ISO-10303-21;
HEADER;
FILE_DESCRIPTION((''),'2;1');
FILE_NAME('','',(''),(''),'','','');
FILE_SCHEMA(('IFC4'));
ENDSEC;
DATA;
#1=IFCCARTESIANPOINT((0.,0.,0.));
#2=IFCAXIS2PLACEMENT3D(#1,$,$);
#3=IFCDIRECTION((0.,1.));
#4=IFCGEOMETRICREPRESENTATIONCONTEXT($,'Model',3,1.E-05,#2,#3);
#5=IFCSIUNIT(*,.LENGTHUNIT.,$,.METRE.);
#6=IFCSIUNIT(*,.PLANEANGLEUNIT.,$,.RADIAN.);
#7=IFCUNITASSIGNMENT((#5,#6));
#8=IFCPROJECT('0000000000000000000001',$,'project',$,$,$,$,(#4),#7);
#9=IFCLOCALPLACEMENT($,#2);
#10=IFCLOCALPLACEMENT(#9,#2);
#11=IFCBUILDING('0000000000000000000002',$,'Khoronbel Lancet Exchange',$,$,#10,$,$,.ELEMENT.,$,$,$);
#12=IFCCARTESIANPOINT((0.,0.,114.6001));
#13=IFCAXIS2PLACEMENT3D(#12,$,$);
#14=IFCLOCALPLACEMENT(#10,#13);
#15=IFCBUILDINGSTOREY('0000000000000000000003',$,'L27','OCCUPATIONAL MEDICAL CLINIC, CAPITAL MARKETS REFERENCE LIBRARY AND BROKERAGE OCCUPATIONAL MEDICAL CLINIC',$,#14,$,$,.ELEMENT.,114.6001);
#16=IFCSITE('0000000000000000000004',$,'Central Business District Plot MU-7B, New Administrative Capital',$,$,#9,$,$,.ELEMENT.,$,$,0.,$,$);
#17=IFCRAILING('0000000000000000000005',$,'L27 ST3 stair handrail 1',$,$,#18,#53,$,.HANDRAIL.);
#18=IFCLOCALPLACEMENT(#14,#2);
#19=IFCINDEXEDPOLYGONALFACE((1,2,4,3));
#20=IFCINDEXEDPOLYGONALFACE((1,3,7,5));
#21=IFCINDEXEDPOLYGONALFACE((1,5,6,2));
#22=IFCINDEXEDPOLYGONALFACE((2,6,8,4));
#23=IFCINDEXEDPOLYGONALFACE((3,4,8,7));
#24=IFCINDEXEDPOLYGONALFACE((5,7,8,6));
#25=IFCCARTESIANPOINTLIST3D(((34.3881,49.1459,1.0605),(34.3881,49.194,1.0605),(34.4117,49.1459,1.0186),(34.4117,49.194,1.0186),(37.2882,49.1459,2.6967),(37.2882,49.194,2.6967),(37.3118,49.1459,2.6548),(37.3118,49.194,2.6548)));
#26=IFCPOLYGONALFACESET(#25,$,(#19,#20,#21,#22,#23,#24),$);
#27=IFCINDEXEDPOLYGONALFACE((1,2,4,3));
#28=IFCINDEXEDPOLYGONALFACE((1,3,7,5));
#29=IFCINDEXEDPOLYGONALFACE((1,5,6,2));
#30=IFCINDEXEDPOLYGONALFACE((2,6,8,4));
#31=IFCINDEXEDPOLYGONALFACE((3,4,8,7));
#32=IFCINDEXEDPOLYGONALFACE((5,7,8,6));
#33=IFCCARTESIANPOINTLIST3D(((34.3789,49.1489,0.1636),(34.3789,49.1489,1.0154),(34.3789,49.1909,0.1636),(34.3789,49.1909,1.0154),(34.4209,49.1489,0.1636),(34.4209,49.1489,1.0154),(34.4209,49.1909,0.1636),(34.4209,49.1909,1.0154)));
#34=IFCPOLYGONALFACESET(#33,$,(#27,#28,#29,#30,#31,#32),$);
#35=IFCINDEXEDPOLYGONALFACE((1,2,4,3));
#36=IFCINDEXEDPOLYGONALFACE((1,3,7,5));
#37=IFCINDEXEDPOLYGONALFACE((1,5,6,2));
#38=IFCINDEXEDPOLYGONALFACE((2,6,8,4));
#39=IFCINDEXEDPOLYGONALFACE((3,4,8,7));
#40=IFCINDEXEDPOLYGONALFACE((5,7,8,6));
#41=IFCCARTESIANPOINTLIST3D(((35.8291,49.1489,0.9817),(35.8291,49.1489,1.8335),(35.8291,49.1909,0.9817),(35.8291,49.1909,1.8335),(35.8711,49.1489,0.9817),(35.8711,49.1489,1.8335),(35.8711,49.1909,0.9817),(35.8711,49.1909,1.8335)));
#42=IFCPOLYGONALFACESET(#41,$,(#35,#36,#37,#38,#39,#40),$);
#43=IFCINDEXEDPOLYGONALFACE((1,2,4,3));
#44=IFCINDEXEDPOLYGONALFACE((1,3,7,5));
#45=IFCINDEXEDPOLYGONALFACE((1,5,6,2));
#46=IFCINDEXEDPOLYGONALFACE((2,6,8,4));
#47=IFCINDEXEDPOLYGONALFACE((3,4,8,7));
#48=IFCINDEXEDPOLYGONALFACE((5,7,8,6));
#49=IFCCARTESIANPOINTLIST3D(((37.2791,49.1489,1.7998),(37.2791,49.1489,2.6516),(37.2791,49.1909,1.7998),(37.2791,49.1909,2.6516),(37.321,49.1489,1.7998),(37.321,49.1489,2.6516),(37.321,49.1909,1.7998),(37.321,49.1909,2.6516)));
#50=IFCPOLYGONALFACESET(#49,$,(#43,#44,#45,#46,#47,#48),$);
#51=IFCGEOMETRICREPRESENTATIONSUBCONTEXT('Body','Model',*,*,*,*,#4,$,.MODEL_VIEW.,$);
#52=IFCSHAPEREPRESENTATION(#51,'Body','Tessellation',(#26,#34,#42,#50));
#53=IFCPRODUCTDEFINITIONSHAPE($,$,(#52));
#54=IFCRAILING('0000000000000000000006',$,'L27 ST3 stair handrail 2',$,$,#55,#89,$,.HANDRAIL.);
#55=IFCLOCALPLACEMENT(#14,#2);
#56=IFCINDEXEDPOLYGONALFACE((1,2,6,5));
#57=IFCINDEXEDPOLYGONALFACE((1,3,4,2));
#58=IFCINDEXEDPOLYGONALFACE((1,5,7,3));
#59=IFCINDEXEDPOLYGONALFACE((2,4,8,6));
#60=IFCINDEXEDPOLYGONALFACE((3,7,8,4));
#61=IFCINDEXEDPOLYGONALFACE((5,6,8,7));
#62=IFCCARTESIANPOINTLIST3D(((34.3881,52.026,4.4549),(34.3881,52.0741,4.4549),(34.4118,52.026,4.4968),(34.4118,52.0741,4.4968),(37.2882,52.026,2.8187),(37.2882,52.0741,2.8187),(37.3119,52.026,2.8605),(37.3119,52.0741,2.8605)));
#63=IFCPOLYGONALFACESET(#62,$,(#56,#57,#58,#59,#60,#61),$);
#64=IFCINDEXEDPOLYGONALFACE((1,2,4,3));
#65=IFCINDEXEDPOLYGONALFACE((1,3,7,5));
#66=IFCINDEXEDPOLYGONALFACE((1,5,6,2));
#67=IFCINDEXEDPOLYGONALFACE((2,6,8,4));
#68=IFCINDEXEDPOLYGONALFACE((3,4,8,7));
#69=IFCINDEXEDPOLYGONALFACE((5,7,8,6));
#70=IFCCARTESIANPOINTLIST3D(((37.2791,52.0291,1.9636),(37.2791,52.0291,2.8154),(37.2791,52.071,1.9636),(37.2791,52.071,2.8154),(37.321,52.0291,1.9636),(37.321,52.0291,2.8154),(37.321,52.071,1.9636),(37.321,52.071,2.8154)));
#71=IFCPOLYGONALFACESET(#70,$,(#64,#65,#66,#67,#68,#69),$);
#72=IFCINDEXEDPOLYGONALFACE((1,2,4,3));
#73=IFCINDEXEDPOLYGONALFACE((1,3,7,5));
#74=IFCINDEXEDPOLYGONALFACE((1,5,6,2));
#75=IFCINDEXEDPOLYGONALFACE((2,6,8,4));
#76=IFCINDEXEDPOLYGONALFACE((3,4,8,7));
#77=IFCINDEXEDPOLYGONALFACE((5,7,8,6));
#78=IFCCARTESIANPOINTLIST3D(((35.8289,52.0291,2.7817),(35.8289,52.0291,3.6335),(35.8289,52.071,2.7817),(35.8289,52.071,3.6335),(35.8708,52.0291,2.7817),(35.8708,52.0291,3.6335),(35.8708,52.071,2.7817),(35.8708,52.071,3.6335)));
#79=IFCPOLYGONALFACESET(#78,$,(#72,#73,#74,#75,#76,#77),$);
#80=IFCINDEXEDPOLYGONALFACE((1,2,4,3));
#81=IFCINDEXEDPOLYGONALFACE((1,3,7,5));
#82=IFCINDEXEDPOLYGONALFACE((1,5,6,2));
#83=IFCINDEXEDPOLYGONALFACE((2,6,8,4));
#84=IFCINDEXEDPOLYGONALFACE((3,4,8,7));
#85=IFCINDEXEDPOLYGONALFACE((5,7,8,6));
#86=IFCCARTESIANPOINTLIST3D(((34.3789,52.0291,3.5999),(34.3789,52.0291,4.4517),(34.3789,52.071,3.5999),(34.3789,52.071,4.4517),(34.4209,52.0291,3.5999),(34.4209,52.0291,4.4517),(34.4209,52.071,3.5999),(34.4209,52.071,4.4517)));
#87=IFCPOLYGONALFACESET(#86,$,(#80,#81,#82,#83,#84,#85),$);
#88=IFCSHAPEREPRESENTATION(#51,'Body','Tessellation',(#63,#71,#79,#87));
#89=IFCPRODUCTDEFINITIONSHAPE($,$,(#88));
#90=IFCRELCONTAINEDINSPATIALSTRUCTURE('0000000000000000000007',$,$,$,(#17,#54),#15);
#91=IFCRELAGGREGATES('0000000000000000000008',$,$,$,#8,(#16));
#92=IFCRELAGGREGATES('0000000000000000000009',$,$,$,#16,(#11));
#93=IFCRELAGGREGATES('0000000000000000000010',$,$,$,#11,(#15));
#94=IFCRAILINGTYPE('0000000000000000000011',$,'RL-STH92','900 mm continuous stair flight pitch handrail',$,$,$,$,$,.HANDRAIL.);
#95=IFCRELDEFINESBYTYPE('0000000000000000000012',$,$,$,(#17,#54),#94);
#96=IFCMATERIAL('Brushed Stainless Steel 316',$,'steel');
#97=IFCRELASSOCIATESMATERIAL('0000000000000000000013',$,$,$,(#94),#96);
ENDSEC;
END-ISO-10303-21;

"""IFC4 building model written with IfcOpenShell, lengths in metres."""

from ifc_helpers import new_model, si_unit, direction, frame, origin, origin_2d, place, context, subcontext, project, spatial, rectangle, extrude, material, type_object, element, save


model = new_model("IFC4")

# Units and contexts
model_context = context("Model", 3, precision=1e-05, world=origin(), true_north=direction((0.0, 1.0)))
body_context = subcontext(model_context, "Body", "Model", "MODEL_VIEW")
ifc_project = project(units=[si_unit("LENGTHUNIT", "METRE"), si_unit("PLANEANGLEUNIT", "RADIAN")], contexts=[model_context])

# Site, building, storey
site_placement = place(None, origin())
site = spatial("IfcSite", under=ifc_project, at=site_placement, Name="Central Business District Plot MU-7B, New Administrative Capital", CompositionType="ELEMENT", RefElevation=0.0)
building_placement = place(site_placement, origin())
building = spatial("IfcBuilding", under=site, at=building_placement, Name="Khoronbel Lancet Exchange", CompositionType="ELEMENT")
storey_placement = place(building_placement, frame((0.0, 0.0, 114.6001)))
storey = spatial("IfcBuildingStorey", under=building, at=storey_placement, Name="L27", Description="OCCUPATIONAL MEDICAL CLINIC, CAPITAL MARKETS REFERENCE LIBRARY AND BROKERAGE OCCUPATIONAL MEDICAL CLINIC", CompositionType="ELEMENT", Elevation=114.6001)

# Railings
ifc_material_1 = material(Name="Brushed Stainless Steel 316", Category="steel")
railing_type_1 = type_object("IfcRailingType", Name="RL-STH92", Description="900 mm continuous stair flight pitch handrail", PredefinedType="HANDRAIL", material=ifc_material_1)
railing_1_placement = place(storey_placement, frame((34.3999, 49.1699, 0.1636)))
element("IfcRailing", 1, at=railing_1_placement, inside=storey, type_object=railing_type_1, Name="L27 ST3 stair handrail 1", PredefinedType="HANDRAIL", context=body_context, shape_type="SweptSolid", body=[
    extrude(rectangle(XDim=0.0481, YDim=0.0481, at=origin_2d()), frame((0.0, 0.0, 0.876), z_axis=(0.870946, 0.0, 0.491378), x_axis=(0.0, 1.0, 0.0)), (0.0, 0.0, 1.0), 3.3298),
    extrude(rectangle(XDim=0.042, YDim=0.042, at=origin_2d()), origin(), (0.0, 0.0, 1.0), 0.8518),
    extrude(rectangle(XDim=0.042, YDim=0.042, at=origin_2d()), frame((1.4502, 0.0, 0.8181)), (0.0, 0.0, 1.0), 0.8518),
    extrude(rectangle(XDim=0.042, YDim=0.042, at=origin_2d()), frame((2.9001, 0.0, 1.6362)), (0.0, 0.0, 1.0), 0.8518),
])
railing_2_placement = place(storey_placement, frame((37.3, 52.05, 1.9636)))
element("IfcRailing", 2, at=railing_2_placement, inside=storey, type_object=railing_type_1, Name="L27 ST3 stair handrail 2", PredefinedType="HANDRAIL", context=body_context, shape_type="SweptSolid", body=[
    extrude(rectangle(XDim=0.0481, YDim=0.0481, at=origin_2d()), frame((0.0, 0.0, 0.876), z_axis=(-0.870946, 0.0, 0.491378), x_axis=(0.0, -1.0, 0.0)), (0.0, 0.0, 1.0), 3.3298),
    extrude(rectangle(XDim=0.042, YDim=0.042, at=origin_2d()), origin(), (0.0, 0.0, 1.0), 0.8518),
    extrude(rectangle(XDim=0.042, YDim=0.042, at=origin_2d()), frame((-1.4502, 0.0, 0.8181)), (0.0, 0.0, 1.0), 0.8518),
    extrude(rectangle(XDim=0.042, YDim=0.042, at=origin_2d()), frame((-2.9001, 0.0, 1.6362)), (0.0, 0.0, 1.0), 0.8518),
])

save(model, "model.ifc")
